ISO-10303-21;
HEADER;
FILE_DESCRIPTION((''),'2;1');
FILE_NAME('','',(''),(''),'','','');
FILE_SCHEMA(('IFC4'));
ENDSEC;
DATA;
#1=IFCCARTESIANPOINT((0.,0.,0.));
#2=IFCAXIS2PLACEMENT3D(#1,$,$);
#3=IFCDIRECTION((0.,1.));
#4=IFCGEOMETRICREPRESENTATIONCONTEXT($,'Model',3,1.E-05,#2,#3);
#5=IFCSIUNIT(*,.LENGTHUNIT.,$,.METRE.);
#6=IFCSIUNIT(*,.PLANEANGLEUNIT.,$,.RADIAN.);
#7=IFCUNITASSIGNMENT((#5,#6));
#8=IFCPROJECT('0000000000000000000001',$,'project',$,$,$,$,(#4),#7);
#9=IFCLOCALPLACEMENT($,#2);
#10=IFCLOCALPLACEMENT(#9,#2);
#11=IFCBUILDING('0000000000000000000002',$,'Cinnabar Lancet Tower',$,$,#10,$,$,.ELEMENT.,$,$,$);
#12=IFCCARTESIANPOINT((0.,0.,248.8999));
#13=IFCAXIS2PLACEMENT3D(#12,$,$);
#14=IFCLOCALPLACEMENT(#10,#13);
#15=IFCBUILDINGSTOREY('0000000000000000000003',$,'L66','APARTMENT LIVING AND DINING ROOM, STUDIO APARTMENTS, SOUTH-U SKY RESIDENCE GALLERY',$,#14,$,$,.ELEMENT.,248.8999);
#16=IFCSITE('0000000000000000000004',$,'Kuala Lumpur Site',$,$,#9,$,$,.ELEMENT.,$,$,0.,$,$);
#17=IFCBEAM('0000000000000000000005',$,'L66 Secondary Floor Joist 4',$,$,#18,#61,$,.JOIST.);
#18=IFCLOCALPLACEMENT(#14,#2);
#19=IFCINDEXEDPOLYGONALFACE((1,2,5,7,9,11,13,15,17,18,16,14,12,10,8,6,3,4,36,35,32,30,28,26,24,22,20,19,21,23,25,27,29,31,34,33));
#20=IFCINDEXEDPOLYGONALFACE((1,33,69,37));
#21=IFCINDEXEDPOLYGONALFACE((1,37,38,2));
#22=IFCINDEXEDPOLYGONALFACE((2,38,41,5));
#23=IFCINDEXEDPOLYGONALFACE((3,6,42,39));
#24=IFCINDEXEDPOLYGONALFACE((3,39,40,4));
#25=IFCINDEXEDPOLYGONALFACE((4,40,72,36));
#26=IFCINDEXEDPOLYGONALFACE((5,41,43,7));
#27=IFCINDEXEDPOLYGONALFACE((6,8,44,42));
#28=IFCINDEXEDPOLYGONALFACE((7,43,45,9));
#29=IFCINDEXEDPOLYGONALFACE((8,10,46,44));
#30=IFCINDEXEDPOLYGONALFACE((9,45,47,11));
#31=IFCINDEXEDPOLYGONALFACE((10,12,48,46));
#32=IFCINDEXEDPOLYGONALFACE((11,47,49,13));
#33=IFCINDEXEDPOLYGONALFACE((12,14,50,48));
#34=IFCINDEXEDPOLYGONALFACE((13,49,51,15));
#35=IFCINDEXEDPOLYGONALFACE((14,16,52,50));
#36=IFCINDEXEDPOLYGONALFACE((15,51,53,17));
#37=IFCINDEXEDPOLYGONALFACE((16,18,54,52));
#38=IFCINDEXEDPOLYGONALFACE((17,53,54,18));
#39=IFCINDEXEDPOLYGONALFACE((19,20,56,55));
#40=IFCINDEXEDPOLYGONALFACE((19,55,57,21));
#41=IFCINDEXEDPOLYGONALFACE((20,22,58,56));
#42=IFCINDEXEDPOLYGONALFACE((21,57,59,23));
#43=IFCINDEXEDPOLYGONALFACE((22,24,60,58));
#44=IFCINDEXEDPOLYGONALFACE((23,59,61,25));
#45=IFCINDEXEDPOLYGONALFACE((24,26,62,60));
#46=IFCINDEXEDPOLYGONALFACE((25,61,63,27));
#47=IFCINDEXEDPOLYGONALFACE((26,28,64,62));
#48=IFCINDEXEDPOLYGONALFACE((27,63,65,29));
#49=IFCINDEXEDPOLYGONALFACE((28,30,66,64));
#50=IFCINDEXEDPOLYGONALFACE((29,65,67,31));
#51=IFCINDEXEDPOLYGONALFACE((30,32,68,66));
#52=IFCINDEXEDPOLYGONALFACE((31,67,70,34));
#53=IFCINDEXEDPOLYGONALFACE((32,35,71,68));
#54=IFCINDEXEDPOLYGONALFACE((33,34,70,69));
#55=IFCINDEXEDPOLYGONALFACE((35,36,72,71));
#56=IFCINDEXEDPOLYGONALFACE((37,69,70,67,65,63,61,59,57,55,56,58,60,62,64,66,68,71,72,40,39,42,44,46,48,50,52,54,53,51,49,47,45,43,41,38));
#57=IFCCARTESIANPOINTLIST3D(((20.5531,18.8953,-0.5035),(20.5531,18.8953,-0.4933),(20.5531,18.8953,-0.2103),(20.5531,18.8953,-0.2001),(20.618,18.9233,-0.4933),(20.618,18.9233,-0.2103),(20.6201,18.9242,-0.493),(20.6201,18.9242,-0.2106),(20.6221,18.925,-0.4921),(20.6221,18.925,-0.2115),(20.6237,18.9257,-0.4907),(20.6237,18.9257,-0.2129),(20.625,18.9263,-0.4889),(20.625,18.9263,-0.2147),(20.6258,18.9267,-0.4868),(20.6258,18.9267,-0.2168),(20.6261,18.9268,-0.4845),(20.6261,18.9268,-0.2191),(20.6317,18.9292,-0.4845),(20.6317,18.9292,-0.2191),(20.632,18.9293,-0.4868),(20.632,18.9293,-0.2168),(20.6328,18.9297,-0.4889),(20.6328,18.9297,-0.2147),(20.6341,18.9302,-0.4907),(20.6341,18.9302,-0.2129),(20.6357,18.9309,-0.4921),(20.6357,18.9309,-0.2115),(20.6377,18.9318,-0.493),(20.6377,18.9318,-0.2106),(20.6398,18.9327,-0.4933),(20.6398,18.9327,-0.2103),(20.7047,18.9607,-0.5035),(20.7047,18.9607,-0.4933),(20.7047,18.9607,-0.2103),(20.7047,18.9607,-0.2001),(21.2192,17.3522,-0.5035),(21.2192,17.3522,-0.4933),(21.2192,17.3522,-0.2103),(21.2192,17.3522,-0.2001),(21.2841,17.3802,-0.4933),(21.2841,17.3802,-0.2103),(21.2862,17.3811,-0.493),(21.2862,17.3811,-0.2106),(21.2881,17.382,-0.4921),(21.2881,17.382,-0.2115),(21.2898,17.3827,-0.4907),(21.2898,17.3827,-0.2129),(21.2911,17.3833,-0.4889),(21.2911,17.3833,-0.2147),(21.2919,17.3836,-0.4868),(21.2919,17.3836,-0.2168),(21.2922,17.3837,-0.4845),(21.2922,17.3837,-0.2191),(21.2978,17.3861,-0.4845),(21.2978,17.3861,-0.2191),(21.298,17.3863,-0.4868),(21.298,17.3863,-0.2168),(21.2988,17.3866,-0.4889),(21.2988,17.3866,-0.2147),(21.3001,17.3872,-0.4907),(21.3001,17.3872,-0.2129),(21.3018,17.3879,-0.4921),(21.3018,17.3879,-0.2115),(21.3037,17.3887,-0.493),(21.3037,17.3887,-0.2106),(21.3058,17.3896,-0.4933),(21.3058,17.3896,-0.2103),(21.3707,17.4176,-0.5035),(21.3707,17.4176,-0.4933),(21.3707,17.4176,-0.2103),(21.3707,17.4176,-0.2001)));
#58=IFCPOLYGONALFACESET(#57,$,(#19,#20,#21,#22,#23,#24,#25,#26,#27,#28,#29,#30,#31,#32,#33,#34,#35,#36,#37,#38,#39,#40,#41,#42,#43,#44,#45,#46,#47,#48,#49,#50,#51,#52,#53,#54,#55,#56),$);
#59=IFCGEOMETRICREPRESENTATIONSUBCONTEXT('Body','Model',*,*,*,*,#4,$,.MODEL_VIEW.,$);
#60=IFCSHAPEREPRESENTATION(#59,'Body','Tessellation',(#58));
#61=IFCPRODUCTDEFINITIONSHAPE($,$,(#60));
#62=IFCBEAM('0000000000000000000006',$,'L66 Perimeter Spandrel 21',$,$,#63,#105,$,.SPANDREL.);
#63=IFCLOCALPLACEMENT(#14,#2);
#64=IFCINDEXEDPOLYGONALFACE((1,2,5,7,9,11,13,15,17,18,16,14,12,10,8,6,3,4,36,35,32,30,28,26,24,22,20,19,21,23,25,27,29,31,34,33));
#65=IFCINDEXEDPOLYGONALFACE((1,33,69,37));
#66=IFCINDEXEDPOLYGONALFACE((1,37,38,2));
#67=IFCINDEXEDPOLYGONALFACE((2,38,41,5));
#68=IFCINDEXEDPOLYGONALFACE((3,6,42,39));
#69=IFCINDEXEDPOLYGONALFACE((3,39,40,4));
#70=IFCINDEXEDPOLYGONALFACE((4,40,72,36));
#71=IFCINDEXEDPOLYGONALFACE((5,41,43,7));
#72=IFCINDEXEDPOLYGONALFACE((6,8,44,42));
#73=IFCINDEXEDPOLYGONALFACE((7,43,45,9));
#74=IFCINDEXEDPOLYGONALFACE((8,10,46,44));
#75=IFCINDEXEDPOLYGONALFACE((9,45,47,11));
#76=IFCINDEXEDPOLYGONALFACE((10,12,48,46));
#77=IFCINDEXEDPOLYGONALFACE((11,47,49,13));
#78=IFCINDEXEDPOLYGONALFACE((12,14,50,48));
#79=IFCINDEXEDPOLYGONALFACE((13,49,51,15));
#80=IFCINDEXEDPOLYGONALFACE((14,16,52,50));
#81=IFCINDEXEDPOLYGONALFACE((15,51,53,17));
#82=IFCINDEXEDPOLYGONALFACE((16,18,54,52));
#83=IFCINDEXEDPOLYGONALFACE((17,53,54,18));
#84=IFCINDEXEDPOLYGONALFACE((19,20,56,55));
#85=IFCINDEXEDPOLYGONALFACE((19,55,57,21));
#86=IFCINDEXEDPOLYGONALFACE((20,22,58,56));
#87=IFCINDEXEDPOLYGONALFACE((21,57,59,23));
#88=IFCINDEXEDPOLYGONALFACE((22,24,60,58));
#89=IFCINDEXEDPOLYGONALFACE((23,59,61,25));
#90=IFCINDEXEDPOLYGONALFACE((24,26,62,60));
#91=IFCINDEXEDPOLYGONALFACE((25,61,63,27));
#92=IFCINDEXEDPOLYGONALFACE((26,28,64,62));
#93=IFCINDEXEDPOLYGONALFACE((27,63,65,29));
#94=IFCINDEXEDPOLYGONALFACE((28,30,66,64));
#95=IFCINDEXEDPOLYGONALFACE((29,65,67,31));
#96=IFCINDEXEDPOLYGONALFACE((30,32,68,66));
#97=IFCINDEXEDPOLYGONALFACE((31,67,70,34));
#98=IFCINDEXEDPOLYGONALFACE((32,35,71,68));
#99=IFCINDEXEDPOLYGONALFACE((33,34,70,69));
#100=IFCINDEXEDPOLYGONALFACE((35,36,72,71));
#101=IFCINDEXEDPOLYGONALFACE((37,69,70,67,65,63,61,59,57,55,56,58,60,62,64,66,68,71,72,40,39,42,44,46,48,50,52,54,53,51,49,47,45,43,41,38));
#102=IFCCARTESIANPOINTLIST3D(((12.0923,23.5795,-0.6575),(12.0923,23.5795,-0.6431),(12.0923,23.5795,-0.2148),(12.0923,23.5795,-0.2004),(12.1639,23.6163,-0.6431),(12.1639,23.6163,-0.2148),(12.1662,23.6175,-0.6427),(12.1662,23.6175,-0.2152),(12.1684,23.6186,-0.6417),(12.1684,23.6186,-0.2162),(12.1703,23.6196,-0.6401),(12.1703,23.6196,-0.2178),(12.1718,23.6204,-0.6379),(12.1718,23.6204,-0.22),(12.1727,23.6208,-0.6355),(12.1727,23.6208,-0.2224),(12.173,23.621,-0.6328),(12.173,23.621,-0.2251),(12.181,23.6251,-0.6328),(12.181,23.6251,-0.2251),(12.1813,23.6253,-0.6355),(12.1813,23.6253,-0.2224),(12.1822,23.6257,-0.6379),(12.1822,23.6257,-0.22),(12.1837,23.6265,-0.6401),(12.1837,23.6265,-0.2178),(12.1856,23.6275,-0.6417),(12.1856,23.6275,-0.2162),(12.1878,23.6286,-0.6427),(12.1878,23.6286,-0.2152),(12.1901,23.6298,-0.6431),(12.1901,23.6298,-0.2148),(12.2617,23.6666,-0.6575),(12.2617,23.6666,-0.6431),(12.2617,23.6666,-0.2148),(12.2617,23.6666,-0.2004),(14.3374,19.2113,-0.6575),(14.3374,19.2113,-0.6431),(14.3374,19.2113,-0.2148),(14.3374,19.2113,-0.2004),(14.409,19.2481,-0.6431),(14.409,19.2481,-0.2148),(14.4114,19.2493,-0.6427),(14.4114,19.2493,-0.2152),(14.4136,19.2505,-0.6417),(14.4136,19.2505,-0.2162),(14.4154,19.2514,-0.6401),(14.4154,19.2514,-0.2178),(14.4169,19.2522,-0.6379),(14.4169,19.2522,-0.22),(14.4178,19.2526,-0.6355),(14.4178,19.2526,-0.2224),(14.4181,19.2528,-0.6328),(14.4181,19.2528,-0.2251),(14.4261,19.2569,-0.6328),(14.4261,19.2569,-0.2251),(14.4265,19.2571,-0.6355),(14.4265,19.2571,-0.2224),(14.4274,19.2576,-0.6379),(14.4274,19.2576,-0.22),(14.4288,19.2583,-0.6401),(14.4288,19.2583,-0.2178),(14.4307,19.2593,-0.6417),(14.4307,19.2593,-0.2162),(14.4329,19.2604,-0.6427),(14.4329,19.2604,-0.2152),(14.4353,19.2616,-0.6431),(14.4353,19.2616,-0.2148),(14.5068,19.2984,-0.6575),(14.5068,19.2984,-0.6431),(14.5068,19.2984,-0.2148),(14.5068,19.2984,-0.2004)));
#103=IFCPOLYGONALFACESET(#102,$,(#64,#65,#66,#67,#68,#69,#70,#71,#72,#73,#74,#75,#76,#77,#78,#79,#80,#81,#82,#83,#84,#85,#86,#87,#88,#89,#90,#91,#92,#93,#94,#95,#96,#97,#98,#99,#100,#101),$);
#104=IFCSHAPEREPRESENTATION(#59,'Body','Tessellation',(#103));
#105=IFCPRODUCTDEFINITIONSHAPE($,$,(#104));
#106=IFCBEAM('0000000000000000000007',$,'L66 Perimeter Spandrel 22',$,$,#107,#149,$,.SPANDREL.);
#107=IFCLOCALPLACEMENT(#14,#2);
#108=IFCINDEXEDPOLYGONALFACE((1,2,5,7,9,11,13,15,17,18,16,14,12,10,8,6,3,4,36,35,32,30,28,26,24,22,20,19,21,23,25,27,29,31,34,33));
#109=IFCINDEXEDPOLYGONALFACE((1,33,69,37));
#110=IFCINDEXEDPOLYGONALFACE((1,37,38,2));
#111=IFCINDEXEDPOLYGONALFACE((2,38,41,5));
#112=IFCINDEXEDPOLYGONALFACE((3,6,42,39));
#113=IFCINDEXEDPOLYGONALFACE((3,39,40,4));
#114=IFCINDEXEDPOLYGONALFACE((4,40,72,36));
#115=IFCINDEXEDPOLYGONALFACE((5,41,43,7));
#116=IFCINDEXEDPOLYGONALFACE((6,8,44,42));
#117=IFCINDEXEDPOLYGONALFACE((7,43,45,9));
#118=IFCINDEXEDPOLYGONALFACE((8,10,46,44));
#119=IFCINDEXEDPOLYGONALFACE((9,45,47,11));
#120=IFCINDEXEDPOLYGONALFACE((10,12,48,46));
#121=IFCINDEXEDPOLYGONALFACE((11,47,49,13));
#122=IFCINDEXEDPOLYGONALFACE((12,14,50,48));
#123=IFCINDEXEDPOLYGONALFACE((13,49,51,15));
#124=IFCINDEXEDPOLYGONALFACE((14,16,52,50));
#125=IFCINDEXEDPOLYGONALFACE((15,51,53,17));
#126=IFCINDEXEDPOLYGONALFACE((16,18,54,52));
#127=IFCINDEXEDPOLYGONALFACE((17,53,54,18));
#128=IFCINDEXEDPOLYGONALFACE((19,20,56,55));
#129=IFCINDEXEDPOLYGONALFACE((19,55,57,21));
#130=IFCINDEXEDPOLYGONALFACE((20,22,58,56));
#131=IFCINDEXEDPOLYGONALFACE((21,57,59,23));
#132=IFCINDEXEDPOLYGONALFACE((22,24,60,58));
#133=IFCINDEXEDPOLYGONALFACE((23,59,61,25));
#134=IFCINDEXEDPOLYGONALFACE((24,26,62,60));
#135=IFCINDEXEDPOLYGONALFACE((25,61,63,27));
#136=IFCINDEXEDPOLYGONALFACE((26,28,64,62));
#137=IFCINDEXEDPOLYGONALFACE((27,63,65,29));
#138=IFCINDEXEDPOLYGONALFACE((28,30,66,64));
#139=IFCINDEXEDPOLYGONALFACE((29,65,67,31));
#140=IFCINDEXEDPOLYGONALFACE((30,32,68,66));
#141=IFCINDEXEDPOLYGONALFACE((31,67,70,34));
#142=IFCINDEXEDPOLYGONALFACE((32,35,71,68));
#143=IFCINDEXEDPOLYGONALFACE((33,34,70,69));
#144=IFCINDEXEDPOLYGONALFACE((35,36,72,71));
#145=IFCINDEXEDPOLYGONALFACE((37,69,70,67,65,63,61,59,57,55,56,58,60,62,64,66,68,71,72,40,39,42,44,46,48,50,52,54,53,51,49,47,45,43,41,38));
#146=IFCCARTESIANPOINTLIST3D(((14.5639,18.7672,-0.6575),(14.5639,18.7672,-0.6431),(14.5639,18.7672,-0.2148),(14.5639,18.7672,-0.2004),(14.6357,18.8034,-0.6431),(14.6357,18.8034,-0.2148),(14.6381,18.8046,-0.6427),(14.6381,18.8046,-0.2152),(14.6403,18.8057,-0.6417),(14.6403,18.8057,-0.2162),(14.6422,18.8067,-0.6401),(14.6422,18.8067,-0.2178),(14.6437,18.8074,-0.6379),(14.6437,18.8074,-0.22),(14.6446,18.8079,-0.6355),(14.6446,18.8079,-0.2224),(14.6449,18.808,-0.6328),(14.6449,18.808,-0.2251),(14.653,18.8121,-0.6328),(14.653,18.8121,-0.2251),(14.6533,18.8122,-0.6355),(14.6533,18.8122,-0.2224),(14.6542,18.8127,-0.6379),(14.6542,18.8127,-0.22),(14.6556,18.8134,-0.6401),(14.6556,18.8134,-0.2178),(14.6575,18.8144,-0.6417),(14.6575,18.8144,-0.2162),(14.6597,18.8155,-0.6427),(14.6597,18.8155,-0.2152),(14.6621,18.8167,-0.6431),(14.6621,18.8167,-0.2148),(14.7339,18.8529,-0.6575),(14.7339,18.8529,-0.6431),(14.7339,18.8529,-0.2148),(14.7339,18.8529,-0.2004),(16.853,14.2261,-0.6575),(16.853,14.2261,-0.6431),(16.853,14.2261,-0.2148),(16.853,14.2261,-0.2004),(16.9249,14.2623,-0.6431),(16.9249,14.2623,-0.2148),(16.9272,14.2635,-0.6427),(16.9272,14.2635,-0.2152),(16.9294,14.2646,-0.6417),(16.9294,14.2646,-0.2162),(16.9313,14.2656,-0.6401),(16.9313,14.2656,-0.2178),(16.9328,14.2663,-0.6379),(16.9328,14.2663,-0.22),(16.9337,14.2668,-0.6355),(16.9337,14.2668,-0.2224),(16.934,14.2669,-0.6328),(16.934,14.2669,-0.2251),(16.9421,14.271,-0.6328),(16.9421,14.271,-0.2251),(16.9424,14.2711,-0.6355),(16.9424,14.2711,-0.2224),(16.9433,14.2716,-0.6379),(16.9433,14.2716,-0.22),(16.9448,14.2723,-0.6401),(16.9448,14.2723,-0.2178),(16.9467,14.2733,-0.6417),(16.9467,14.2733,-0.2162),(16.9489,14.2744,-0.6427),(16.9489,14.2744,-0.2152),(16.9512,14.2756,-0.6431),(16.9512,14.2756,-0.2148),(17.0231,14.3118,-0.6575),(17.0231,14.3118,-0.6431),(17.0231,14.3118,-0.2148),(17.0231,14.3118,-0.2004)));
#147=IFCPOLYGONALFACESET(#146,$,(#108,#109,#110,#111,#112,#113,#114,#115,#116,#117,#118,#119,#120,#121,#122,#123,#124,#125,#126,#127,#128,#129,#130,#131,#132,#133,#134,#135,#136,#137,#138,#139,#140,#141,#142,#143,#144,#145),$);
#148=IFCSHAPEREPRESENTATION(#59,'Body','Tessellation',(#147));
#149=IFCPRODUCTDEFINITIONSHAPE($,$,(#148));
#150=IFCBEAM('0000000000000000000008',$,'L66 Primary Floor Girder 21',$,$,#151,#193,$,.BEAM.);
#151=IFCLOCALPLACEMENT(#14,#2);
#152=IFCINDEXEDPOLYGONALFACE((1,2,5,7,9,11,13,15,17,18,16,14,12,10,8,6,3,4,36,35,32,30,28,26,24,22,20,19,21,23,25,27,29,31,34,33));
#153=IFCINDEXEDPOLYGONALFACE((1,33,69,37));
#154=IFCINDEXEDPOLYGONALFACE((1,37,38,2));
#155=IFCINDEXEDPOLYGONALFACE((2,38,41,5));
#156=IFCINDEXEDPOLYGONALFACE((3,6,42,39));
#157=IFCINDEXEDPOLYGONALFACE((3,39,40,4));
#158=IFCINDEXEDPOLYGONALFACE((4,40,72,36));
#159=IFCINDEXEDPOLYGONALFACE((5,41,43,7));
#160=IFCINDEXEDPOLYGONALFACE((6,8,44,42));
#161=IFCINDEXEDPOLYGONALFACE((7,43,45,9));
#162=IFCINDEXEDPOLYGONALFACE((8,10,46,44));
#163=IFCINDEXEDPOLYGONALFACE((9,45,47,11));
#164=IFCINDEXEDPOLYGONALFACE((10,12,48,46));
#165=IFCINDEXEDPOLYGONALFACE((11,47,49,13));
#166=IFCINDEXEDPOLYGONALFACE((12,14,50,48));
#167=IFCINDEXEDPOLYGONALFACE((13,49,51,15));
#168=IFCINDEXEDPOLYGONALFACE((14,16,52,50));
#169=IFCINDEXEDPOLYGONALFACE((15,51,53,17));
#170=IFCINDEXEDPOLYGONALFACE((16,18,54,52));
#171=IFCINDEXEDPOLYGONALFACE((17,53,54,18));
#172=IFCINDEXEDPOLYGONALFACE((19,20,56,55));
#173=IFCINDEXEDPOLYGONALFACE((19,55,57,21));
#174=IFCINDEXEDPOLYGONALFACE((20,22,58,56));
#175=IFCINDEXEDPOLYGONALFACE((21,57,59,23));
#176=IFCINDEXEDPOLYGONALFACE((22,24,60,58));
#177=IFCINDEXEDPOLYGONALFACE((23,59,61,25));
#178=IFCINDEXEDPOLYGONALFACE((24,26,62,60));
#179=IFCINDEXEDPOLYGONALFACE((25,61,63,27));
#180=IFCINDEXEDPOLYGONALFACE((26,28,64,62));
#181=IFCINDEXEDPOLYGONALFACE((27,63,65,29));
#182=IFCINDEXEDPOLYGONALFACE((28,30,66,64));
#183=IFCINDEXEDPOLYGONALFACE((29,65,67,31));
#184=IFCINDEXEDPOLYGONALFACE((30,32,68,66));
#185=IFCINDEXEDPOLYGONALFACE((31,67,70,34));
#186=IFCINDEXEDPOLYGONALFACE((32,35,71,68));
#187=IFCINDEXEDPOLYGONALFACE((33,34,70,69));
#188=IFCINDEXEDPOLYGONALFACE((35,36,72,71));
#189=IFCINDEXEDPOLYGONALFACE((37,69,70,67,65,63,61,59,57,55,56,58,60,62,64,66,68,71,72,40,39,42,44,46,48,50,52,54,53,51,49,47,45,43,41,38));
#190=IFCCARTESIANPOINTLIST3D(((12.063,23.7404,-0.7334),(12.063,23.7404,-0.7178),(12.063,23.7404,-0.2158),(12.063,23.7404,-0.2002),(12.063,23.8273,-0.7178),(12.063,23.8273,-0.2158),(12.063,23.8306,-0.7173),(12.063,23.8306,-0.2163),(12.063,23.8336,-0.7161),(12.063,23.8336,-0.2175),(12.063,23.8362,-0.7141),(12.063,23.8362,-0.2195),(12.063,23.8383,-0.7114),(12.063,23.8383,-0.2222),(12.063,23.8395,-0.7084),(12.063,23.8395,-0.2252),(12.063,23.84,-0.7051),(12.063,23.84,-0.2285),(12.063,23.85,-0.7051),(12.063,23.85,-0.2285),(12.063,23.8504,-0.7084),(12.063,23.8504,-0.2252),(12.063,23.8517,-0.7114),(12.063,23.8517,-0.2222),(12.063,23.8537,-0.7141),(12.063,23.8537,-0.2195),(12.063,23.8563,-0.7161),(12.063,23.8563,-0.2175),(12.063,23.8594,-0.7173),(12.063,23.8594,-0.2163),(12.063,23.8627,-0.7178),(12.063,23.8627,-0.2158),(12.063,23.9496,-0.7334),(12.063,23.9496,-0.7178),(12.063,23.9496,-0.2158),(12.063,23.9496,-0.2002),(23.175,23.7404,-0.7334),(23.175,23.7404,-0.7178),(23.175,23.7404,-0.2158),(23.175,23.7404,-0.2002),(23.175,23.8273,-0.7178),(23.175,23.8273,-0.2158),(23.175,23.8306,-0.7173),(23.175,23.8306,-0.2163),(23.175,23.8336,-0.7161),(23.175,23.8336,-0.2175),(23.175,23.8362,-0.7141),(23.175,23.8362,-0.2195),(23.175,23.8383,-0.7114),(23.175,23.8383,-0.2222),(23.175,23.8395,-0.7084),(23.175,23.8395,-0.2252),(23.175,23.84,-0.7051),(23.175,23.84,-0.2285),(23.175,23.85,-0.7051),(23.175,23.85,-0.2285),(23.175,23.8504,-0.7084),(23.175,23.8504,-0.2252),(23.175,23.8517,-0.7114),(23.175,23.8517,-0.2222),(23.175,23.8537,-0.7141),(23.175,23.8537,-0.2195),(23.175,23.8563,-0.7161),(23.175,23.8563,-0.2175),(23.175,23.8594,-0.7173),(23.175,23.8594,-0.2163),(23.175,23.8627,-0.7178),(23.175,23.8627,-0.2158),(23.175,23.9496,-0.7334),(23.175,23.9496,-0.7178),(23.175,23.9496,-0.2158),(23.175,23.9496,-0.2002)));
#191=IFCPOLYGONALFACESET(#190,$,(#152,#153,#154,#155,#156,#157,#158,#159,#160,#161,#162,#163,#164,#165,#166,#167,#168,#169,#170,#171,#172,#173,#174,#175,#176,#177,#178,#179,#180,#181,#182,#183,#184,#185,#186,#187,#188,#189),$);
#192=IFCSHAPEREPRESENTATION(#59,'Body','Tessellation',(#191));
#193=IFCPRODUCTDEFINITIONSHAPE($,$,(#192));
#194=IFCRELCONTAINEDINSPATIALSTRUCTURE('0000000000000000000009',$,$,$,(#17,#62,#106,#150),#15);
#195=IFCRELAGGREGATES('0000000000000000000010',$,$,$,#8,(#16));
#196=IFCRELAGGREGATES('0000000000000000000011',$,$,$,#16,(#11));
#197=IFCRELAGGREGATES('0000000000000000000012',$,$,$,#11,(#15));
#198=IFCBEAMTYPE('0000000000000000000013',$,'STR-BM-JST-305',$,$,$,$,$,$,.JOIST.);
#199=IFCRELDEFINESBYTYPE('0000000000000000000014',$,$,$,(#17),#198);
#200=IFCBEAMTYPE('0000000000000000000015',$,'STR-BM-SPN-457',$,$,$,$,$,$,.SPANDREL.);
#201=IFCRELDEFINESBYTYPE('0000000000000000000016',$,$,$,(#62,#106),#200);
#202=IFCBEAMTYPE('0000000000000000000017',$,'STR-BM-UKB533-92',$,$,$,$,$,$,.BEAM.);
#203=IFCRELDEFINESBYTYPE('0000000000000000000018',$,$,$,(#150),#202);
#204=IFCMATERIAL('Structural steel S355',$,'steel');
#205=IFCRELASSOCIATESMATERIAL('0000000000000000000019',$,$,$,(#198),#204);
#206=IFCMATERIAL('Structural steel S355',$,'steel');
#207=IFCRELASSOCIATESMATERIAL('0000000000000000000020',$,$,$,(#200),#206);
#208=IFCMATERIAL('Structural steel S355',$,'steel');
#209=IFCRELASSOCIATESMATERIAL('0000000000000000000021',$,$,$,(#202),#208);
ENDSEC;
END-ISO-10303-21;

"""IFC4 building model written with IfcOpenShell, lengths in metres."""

from ifc_helpers import new_model, si_unit, direction, frame, origin, origin_2d, place, context, subcontext, project, spatial, i_section, extrude, material, material_profile, profile_set, type_object, element, save


model = new_model("IFC4")

# Units and contexts
model_context = context("Model", 3, precision=1e-05, world=origin(), true_north=direction((0.0, 1.0)))
body_context = subcontext(model_context, "Body", "Model", "MODEL_VIEW")
ifc_project = project(units=[si_unit("LENGTHUNIT", "METRE"), si_unit("PLANEANGLEUNIT", "RADIAN")], contexts=[model_context])

# Site, building, storey
site_placement = place(None, origin())
site = spatial("IfcSite", under=ifc_project, at=site_placement, Name="Kuala Lumpur Site", CompositionType="ELEMENT", RefElevation=0.0)
building_placement = place(site_placement, origin())
building = spatial("IfcBuilding", under=site, at=building_placement, Name="Cinnabar Lancet Tower", CompositionType="ELEMENT")
storey_placement = place(building_placement, frame((0.0, 0.0, 248.8999)))
storey = spatial("IfcBuildingStorey", under=building, at=storey_placement, Name="L66", Description="APARTMENT LIVING AND DINING ROOM, STUDIO APARTMENTS, SOUTH-U SKY RESIDENCE GALLERY", CompositionType="ELEMENT", Elevation=248.8999)

# Beams
ifc_material_1 = material(Name="Structural steel S355", Category="steel")
ifc_material_profile_1 = material_profile(ifc_material_1, i_section(OverallWidth=0.165, OverallDepth=0.3035, WebThickness=0.0061, FlangeThickness=0.0103, FilletRadius=0.0088, at=origin_2d()), Name="UKB 305x165x40")
ifc_profile_set_1 = profile_set([ifc_material_profile_1], Name="Structural steel S355")
beam_type_1 = type_object("IfcBeamType", Name="STR-BM-JST-305", PredefinedType="JOIST", material=ifc_profile_set_1)
beam_1_placement = place(storey_placement, frame((20.6289, 18.928, -0.3518), z_axis=(0.396302, -0.91812, 0.0), x_axis=(0.91812, 0.396302, 0.0)))
element("IfcBeam", 1, at=beam_1_placement, inside=storey, type_object=beam_type_1, Name="L66 Secondary Floor Joist 4", PredefinedType="JOIST", context=body_context, shape_type="SweptSolid", body=[
    extrude(i_section(OverallWidth=0.165, OverallDepth=0.3035, WebThickness=0.0061, FlangeThickness=0.0103, FilletRadius=0.0088, at=origin_2d()), origin(), (0.0, 0.0, 1.0), 1.6807),
])
ifc_material_2 = material(Name="Structural steel S355", Category="steel")
ifc_material_profile_2 = material_profile(ifc_material_2, i_section(OverallWidth=0.1904, OverallDepth=0.457, WebThickness=0.009, FlangeThickness=0.0144, FilletRadius=0.0103, at=origin_2d()), Name="UKB 457x191x74")
ifc_profile_set_2 = profile_set([ifc_material_profile_2], Name="Structural steel S355")
beam_type_2 = type_object("IfcBeamType", Name="STR-BM-SPN-457", PredefinedType="SPANDREL", material=ifc_profile_set_2)
beam_2_placement = place(storey_placement, frame((12.177, 23.623, -0.429), z_axis=(0.457128, -0.889401, 0.0), x_axis=(0.889401, 0.457128, 0.0)))
element("IfcBeam", 2, at=beam_2_placement, inside=storey, type_object=beam_type_2, Name="L66 Perimeter Spandrel 21", PredefinedType="SPANDREL", context=body_context, shape_type="SweptSolid", body=[
    extrude(i_section(OverallWidth=0.1904, OverallDepth=0.457, WebThickness=0.009, FlangeThickness=0.0144, FilletRadius=0.0103, at=origin_2d()), origin(), (0.0, 0.0, 1.0), 4.9114),
])
beam_3_placement = place(storey_placement, frame((14.6489, 18.8101, -0.429), z_axis=(0.45013, -0.892963, 0.0), x_axis=(0.892963, 0.45013, 0.0)))
element("IfcBeam", 3, at=beam_3_placement, inside=storey, type_object=beam_type_2, Name="L66 Perimeter Spandrel 22", PredefinedType="SPANDREL", context=body_context, shape_type="SweptSolid", body=[
    extrude(i_section(OverallWidth=0.1904, OverallDepth=0.457, WebThickness=0.009, FlangeThickness=0.0144, FilletRadius=0.0103, at=origin_2d()), origin(), (0.0, 0.0, 1.0), 5.0854),
])
ifc_material_3 = material(Name="Structural steel S355", Category="steel")
ifc_material_profile_3 = material_profile(ifc_material_3, i_section(OverallWidth=0.2092, OverallDepth=0.5332, WebThickness=0.01, FlangeThickness=0.0156, FilletRadius=0.0127, at=origin_2d()), Name="UKB 533x210x92")
ifc_profile_set_3 = profile_set([ifc_material_profile_3], Name="Structural steel S355")
beam_type_3 = type_object("IfcBeamType", Name="STR-BM-UKB533-92", PredefinedType="BEAM", material=ifc_profile_set_3)
beam_4_placement = place(storey_placement, frame((12.063, 23.845, -0.4668), z_axis=(1.0, 0.0, 0.0), x_axis=(0.0, 1.0, 0.0)))
element("IfcBeam", 4, at=beam_4_placement, inside=storey, type_object=beam_type_3, Name="L66 Primary Floor Girder 21", PredefinedType="BEAM", context=body_context, shape_type="SweptSolid", body=[
    extrude(i_section(OverallWidth=0.2092, OverallDepth=0.5332, WebThickness=0.01, FlangeThickness=0.0156, FilletRadius=0.0127, at=origin_2d()), origin(), (0.0, 0.0, 1.0), 11.1121),
])

save(model, "model.ifc")
